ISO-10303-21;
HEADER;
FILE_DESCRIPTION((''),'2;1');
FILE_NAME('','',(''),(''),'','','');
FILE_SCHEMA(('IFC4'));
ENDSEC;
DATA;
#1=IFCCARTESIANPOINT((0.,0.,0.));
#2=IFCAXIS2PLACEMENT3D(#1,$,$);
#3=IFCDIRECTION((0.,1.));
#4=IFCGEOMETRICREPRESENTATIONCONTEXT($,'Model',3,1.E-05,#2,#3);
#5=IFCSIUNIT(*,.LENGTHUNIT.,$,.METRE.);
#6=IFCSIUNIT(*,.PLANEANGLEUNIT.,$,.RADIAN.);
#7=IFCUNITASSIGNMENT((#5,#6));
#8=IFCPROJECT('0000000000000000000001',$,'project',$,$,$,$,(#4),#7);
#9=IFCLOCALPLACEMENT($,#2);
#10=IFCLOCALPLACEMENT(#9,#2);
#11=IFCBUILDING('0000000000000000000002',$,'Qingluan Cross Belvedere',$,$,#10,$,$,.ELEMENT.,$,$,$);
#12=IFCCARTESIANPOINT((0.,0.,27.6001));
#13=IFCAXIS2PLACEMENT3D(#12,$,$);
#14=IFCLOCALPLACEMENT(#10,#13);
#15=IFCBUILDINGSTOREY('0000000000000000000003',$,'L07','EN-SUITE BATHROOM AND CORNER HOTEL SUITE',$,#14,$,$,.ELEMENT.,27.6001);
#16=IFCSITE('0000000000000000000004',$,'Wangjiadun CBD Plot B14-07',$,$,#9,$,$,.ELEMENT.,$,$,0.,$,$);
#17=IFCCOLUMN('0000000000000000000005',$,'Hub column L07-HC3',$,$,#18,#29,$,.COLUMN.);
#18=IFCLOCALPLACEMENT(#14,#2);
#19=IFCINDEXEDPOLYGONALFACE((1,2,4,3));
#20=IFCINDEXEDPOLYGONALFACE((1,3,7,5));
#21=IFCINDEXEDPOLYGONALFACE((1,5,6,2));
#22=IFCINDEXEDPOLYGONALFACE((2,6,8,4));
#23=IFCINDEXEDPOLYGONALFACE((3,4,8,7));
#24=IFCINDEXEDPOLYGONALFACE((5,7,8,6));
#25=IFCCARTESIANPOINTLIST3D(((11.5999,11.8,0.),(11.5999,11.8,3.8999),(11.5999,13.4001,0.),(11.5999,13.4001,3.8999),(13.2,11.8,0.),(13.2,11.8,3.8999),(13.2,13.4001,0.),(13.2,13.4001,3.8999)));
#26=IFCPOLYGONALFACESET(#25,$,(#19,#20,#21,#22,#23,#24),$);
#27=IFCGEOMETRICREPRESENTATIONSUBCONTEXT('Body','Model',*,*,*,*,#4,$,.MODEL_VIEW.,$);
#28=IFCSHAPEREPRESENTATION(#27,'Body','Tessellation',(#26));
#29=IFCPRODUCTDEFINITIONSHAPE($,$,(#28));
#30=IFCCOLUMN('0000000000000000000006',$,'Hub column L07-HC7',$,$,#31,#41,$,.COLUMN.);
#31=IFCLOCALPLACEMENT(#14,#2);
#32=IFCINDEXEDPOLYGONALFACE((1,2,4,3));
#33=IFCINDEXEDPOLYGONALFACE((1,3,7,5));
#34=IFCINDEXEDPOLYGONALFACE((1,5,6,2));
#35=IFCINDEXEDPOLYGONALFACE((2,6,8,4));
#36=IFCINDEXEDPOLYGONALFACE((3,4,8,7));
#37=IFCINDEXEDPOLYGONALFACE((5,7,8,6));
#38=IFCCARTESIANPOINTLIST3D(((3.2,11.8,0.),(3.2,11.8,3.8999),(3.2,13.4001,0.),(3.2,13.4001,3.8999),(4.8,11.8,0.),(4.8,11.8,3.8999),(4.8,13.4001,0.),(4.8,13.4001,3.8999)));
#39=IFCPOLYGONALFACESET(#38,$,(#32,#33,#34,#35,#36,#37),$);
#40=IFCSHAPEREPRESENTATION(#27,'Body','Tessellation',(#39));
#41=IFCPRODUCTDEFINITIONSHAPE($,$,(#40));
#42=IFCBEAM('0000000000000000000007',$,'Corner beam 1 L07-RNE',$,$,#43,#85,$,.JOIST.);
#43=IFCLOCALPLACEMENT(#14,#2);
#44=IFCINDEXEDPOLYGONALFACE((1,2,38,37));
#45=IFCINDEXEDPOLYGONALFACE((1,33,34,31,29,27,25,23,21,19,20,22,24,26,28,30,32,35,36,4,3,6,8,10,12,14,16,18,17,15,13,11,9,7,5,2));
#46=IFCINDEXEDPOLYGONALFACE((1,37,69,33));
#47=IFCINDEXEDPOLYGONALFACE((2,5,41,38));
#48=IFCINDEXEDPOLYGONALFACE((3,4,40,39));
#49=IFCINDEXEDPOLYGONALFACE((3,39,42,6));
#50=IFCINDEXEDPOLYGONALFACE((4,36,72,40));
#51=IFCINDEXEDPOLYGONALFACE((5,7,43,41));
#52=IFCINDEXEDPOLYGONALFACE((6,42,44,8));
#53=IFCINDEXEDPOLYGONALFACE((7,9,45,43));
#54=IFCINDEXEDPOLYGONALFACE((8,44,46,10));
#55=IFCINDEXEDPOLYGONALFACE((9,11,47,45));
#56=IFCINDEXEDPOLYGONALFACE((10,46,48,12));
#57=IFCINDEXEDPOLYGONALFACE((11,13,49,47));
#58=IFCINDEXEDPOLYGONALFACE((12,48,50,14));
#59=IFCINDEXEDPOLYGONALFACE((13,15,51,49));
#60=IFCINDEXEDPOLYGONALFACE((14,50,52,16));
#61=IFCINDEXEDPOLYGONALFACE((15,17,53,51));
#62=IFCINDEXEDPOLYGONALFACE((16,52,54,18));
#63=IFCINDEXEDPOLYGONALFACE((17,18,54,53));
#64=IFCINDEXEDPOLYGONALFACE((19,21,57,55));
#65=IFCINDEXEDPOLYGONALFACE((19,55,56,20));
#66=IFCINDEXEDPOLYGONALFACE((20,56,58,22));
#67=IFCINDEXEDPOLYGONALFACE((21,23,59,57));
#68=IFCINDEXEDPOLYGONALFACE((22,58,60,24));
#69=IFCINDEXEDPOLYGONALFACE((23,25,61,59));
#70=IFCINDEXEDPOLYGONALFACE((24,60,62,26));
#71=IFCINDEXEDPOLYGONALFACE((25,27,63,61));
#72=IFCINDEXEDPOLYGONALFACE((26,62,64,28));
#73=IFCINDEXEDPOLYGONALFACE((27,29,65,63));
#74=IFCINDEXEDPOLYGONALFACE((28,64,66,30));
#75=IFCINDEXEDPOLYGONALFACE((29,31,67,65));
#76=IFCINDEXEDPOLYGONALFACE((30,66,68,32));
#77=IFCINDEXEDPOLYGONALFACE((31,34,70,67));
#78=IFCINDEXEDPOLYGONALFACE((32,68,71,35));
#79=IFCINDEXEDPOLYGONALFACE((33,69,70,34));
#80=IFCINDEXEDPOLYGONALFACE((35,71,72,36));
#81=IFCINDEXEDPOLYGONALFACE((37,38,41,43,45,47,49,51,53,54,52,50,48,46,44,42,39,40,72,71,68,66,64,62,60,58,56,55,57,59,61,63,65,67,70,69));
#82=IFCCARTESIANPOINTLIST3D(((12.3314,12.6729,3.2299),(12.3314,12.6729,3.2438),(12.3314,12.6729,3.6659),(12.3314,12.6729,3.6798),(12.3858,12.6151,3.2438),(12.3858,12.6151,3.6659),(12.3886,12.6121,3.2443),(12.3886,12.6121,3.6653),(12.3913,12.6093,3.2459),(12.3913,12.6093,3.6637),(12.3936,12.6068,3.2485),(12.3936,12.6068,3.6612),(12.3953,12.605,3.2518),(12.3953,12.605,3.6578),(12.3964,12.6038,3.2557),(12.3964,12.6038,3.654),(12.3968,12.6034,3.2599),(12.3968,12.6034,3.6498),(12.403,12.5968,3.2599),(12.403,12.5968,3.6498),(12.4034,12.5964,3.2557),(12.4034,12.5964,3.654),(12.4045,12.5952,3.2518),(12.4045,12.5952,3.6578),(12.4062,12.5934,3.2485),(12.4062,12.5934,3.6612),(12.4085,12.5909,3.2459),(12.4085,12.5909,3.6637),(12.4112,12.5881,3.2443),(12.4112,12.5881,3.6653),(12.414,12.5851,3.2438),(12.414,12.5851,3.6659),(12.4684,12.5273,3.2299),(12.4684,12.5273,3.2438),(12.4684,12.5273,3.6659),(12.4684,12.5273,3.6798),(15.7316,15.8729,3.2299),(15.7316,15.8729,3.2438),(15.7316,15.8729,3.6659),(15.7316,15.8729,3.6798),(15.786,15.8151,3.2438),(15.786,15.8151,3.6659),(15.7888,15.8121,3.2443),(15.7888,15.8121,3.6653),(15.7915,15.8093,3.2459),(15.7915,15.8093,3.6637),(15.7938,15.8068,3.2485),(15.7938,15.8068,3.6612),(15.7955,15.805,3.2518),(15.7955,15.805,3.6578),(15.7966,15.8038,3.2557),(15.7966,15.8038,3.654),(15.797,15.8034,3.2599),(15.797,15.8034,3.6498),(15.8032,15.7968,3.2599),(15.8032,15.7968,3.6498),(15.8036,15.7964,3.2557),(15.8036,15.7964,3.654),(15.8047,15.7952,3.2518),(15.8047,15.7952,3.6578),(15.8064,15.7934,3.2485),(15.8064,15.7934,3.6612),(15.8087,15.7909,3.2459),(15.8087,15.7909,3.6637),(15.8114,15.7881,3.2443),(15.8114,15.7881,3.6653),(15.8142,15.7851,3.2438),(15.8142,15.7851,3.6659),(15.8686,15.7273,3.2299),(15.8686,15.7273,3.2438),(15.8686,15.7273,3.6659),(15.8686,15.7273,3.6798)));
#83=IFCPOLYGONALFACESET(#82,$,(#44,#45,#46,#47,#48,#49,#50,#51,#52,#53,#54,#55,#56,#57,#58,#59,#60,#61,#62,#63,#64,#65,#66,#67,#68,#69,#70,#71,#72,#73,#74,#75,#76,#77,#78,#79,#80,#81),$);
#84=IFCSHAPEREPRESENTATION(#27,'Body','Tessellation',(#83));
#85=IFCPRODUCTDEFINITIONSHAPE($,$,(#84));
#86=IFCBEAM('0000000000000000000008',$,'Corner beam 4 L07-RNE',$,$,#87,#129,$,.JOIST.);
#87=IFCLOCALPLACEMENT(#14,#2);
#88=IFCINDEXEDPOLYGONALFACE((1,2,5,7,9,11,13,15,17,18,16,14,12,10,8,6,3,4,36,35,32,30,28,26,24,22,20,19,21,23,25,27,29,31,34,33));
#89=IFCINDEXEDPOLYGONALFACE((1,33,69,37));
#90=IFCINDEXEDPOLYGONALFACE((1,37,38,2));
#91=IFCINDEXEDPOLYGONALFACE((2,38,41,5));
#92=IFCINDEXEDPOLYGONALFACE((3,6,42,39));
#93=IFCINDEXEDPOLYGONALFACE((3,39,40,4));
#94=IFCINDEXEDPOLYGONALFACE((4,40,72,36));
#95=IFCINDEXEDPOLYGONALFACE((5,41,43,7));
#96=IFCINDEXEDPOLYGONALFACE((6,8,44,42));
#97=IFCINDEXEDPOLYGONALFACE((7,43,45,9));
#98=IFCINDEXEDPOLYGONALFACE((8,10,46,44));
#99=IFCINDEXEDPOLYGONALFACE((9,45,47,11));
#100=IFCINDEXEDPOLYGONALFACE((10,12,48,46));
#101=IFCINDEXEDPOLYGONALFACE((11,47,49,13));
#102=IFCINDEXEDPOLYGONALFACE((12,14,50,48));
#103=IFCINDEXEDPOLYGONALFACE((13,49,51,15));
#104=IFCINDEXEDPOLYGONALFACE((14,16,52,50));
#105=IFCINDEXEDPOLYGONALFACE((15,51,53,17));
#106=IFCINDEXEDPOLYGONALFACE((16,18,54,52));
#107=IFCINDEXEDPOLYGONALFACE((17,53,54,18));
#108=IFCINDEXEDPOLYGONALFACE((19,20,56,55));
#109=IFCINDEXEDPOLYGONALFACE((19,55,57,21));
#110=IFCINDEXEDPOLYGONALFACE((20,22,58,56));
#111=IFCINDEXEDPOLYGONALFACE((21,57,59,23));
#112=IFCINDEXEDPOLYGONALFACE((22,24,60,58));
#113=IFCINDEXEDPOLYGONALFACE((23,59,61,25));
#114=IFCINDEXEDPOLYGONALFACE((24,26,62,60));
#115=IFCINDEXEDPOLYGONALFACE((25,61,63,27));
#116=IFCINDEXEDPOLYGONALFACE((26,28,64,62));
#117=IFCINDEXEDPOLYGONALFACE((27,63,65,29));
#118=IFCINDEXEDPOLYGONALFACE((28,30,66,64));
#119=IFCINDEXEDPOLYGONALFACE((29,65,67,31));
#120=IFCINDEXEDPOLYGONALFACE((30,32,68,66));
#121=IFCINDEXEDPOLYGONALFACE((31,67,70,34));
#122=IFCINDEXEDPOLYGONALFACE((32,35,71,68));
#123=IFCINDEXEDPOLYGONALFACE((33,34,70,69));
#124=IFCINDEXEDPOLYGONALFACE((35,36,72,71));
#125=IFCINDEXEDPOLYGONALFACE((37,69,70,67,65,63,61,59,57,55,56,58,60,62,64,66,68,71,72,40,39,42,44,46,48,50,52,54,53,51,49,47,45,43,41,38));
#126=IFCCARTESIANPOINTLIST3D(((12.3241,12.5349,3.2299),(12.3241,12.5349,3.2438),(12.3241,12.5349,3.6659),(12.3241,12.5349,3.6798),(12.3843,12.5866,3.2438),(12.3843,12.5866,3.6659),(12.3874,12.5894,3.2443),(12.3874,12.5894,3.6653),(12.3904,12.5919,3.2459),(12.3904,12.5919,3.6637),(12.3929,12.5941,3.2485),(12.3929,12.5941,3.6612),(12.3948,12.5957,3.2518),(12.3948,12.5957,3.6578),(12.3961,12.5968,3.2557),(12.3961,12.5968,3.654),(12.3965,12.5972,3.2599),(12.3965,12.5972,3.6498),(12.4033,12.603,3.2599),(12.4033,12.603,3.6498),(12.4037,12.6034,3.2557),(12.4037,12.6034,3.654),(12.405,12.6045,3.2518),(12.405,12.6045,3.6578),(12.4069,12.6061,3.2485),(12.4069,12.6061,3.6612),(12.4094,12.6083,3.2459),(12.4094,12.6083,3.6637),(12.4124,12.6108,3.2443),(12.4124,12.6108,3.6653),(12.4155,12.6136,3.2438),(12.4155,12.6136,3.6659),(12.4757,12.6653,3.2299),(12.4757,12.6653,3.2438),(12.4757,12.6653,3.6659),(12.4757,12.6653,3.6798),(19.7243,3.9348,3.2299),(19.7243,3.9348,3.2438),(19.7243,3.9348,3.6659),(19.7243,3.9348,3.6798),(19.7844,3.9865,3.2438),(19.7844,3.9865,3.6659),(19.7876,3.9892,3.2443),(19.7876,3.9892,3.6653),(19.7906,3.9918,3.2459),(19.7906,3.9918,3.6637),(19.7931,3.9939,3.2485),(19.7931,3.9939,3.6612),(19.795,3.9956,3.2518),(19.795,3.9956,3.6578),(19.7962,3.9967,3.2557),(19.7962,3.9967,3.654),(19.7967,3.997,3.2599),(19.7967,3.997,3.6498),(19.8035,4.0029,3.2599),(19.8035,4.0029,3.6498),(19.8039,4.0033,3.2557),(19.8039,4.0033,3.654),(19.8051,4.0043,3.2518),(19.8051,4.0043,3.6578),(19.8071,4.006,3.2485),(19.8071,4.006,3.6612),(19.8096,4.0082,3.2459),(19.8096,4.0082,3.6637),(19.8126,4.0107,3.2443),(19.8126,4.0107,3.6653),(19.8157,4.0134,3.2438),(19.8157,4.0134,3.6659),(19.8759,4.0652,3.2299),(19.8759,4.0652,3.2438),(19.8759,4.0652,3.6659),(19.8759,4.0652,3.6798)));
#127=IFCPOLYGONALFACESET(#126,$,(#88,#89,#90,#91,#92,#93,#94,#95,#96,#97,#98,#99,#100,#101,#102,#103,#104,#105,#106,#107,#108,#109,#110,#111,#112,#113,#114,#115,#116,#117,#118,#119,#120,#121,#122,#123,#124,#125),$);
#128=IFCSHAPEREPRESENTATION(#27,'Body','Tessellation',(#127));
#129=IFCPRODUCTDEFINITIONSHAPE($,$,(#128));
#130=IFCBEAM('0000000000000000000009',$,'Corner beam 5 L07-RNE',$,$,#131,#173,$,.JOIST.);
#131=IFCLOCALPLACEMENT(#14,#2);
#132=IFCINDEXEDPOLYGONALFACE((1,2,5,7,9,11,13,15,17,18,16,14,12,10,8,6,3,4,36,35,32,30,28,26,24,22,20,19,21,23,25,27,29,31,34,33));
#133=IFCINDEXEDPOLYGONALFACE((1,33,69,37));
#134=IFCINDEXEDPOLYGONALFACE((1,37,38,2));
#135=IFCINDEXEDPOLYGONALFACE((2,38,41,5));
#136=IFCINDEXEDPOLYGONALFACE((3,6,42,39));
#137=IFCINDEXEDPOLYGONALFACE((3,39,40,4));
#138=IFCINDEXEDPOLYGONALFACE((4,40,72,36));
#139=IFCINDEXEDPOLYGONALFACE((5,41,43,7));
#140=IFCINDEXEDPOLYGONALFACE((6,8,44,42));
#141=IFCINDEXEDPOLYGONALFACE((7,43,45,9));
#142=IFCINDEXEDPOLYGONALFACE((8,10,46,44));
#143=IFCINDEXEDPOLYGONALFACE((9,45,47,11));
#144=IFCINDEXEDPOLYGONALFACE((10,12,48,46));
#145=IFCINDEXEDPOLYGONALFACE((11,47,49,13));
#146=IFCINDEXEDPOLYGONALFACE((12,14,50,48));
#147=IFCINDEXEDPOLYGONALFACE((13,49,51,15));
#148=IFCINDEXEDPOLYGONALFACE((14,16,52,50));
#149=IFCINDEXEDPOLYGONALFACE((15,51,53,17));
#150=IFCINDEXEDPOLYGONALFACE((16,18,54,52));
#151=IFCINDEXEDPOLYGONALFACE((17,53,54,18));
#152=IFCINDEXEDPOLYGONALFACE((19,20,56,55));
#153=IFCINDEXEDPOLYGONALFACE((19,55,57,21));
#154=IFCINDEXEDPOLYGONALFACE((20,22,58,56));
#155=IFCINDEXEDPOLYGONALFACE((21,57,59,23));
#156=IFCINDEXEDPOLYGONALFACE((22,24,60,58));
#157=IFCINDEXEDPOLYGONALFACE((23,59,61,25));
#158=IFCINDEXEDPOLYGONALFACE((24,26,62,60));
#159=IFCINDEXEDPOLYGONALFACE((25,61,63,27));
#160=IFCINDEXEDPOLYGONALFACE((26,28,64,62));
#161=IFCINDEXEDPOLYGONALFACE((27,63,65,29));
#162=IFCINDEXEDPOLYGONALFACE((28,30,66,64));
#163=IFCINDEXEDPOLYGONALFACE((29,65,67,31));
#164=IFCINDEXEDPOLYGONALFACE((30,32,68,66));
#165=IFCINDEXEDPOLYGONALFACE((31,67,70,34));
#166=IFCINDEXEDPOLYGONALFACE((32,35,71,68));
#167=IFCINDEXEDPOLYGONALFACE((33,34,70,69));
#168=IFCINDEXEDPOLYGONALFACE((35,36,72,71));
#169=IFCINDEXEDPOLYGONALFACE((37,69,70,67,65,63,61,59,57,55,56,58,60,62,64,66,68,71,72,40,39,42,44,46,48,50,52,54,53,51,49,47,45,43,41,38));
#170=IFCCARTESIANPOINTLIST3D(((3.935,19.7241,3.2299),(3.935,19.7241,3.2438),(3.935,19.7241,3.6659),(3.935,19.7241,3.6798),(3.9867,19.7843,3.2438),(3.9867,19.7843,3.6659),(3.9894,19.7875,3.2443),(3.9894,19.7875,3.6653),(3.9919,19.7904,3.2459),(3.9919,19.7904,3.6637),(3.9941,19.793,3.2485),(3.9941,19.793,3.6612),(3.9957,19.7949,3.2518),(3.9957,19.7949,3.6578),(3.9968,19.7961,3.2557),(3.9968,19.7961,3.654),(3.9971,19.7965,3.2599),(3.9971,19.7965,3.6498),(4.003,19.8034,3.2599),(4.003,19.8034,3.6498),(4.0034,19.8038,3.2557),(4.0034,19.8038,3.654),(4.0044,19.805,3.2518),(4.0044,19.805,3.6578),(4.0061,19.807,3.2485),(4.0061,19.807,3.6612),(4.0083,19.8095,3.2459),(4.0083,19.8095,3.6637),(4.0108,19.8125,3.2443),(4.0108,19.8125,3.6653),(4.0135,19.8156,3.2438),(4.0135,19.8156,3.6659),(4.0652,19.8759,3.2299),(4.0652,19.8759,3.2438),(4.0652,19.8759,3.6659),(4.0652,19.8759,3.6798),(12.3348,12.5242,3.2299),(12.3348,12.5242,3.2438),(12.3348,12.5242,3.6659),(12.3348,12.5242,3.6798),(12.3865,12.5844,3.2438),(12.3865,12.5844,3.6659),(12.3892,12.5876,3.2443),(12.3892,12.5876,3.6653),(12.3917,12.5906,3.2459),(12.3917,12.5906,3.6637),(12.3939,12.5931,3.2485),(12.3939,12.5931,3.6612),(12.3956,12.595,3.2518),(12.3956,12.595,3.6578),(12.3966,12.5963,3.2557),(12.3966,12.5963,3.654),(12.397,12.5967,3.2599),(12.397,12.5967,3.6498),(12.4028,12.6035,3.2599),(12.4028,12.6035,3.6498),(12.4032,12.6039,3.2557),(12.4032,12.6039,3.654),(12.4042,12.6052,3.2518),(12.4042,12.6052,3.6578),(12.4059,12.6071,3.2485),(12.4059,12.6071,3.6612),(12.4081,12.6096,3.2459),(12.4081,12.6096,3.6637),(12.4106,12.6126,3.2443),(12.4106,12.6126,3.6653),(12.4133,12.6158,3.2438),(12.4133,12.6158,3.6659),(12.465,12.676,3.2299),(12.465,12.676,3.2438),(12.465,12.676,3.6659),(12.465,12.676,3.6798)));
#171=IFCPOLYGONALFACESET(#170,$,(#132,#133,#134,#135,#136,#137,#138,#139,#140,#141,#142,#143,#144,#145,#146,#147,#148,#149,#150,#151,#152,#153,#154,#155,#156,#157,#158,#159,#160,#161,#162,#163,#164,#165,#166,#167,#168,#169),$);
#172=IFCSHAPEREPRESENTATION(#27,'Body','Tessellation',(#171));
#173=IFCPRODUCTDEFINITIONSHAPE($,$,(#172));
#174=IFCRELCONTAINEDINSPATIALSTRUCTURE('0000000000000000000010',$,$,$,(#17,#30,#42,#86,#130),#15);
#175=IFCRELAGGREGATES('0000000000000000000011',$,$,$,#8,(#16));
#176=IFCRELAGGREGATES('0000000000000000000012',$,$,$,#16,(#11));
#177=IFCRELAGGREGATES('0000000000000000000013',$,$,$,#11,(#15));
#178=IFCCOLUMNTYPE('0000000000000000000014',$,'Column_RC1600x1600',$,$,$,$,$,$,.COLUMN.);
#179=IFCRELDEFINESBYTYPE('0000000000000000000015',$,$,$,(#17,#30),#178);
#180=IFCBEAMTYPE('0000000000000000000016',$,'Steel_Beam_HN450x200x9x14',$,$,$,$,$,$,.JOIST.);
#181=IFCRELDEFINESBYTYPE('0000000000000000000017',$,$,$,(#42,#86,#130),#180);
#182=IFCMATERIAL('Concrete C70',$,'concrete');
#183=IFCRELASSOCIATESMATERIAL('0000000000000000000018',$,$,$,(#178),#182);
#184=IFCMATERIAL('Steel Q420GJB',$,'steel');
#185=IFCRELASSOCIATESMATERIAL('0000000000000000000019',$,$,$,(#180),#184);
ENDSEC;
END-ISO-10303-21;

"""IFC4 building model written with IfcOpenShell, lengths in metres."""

from ifc_helpers import new_model, si_unit, direction, frame, origin, origin_2d, place, context, subcontext, project, spatial, rectangle, i_section, extrude, material, material_profile, profile_set, type_object, element, save


model = new_model("IFC4")

# Units and contexts
model_context = context("Model", 3, precision=1e-05, world=origin(), true_north=direction((0.0, 1.0)))
body_context = subcontext(model_context, "Body", "Model", "MODEL_VIEW")
ifc_project = project(units=[si_unit("LENGTHUNIT", "METRE"), si_unit("PLANEANGLEUNIT", "RADIAN")], contexts=[model_context])

# Site, building, storey
site_placement = place(None, origin())
site = spatial("IfcSite", under=ifc_project, at=site_placement, Name="Wangjiadun CBD Plot B14-07", CompositionType="ELEMENT", RefElevation=0.0)
building_placement = place(site_placement, origin())
building = spatial("IfcBuilding", under=site, at=building_placement, Name="Qingluan Cross Belvedere", CompositionType="ELEMENT")
storey_placement = place(building_placement, frame((0.0, 0.0, 27.6001)))
storey = spatial("IfcBuildingStorey", under=building, at=storey_placement, Name="L07", Description="EN-SUITE BATHROOM AND CORNER HOTEL SUITE", CompositionType="ELEMENT", Elevation=27.6001)

# Columns
ifc_material_1 = material(Name="Concrete C70", Category="concrete")
ifc_material_profile_1 = material_profile(ifc_material_1, rectangle(XDim=1.6001, YDim=1.6001, at=origin_2d()), Name="RC1600x1600")
ifc_profile_set_1 = profile_set([ifc_material_profile_1], Name="Concrete C70")
column_type = type_object("IfcColumnType", Name="Column_RC1600x1600", PredefinedType="COLUMN", material=ifc_profile_set_1)
for number, where, z_axis, x_axis, name in (
    (1, (12.3999, 12.6001, 0.0), (0.0, 0.0, 1.0), (1.0, 0.0, 0.0), "Hub column L07-HC3"),
    (2, (4.0, 12.6001, 0.0), (0.0, 0.0, 1.0), (1.0, 0.0, 0.0), "Hub column L07-HC7"),
):
    element("IfcColumn", number, at=place(storey_placement, frame(where, z_axis=z_axis, x_axis=x_axis)), inside=storey, type_object=column_type, Name=name, PredefinedType="COLUMN", context=body_context, shape_type="SweptSolid", body=[
        extrude(rectangle(XDim=1.6001, YDim=1.6001, at=origin_2d()), origin(), (0.0, 0.0, 1.0), 3.8999),
    ])

# Beams
ifc_material_2 = material(Name="Steel Q420GJB", Category="steel")
ifc_material_profile_2 = material_profile(ifc_material_2, i_section(OverallWidth=0.2, OverallDepth=0.45, WebThickness=0.009, FlangeThickness=0.0139, FilletRadius=0.0161, at=origin_2d()), Name="HN450x200x9x14")
ifc_profile_set_2 = profile_set([ifc_material_profile_2], Name="Steel Q420GJB")
beam_type_1 = type_object("IfcBeamType", Name="Steel_Beam_HN450x200x9x14", PredefinedType="JOIST", material=ifc_profile_set_2)
beam_1_placement = place(storey_placement, frame((12.3999, 12.6001, 3.4548), z_axis=(0.72822, 0.685343, 0.0), x_axis=(-0.685343, 0.72822, 0.0)))
element("IfcBeam", 3, at=beam_1_placement, inside=storey, type_object=beam_type_1, Name="Corner beam 1 L07-RNE", PredefinedType="JOIST", context=body_context, shape_type="SweptSolid", body=[
    extrude(i_section(OverallWidth=0.2, OverallDepth=0.45, WebThickness=0.009, FlangeThickness=0.0139, FilletRadius=0.0161, at=origin_2d()), origin(), (0.0, 0.0, 1.0), 4.6692),
])
beam_2_placement = place(storey_placement, frame((12.3999, 12.6001, 3.4548), z_axis=(0.652245, -0.758008, 0.0), x_axis=(0.758008, 0.652245, 0.0)))
element("IfcBeam", 4, at=beam_2_placement, inside=storey, type_object=beam_type_1, Name="Corner beam 4 L07-RNE", PredefinedType="JOIST", context=body_context, shape_type="SweptSolid", body=[
    extrude(i_section(OverallWidth=0.2, OverallDepth=0.45, WebThickness=0.009, FlangeThickness=0.0139, FilletRadius=0.0161, at=origin_2d()), origin(), (0.0, 0.0, 1.0), 11.3457),
])
beam_3_placement = place(storey_placement, frame((12.3999, 12.6001, 3.4548), z_axis=(-0.759255, 0.650793, 0.0), x_axis=(-0.650793, -0.759255, 0.0)))
element("IfcBeam", 5, at=beam_3_placement, inside=storey, type_object=beam_type_1, Name="Corner beam 5 L07-RNE", PredefinedType="JOIST", context=body_context, shape_type="SweptSolid", body=[
    extrude(i_section(OverallWidth=0.2, OverallDepth=0.45, WebThickness=0.009, FlangeThickness=0.0139, FilletRadius=0.0161, at=origin_2d()), origin(), (0.0, 0.0, 1.0), 11.0632),
])

save(model, "model.ifc")
